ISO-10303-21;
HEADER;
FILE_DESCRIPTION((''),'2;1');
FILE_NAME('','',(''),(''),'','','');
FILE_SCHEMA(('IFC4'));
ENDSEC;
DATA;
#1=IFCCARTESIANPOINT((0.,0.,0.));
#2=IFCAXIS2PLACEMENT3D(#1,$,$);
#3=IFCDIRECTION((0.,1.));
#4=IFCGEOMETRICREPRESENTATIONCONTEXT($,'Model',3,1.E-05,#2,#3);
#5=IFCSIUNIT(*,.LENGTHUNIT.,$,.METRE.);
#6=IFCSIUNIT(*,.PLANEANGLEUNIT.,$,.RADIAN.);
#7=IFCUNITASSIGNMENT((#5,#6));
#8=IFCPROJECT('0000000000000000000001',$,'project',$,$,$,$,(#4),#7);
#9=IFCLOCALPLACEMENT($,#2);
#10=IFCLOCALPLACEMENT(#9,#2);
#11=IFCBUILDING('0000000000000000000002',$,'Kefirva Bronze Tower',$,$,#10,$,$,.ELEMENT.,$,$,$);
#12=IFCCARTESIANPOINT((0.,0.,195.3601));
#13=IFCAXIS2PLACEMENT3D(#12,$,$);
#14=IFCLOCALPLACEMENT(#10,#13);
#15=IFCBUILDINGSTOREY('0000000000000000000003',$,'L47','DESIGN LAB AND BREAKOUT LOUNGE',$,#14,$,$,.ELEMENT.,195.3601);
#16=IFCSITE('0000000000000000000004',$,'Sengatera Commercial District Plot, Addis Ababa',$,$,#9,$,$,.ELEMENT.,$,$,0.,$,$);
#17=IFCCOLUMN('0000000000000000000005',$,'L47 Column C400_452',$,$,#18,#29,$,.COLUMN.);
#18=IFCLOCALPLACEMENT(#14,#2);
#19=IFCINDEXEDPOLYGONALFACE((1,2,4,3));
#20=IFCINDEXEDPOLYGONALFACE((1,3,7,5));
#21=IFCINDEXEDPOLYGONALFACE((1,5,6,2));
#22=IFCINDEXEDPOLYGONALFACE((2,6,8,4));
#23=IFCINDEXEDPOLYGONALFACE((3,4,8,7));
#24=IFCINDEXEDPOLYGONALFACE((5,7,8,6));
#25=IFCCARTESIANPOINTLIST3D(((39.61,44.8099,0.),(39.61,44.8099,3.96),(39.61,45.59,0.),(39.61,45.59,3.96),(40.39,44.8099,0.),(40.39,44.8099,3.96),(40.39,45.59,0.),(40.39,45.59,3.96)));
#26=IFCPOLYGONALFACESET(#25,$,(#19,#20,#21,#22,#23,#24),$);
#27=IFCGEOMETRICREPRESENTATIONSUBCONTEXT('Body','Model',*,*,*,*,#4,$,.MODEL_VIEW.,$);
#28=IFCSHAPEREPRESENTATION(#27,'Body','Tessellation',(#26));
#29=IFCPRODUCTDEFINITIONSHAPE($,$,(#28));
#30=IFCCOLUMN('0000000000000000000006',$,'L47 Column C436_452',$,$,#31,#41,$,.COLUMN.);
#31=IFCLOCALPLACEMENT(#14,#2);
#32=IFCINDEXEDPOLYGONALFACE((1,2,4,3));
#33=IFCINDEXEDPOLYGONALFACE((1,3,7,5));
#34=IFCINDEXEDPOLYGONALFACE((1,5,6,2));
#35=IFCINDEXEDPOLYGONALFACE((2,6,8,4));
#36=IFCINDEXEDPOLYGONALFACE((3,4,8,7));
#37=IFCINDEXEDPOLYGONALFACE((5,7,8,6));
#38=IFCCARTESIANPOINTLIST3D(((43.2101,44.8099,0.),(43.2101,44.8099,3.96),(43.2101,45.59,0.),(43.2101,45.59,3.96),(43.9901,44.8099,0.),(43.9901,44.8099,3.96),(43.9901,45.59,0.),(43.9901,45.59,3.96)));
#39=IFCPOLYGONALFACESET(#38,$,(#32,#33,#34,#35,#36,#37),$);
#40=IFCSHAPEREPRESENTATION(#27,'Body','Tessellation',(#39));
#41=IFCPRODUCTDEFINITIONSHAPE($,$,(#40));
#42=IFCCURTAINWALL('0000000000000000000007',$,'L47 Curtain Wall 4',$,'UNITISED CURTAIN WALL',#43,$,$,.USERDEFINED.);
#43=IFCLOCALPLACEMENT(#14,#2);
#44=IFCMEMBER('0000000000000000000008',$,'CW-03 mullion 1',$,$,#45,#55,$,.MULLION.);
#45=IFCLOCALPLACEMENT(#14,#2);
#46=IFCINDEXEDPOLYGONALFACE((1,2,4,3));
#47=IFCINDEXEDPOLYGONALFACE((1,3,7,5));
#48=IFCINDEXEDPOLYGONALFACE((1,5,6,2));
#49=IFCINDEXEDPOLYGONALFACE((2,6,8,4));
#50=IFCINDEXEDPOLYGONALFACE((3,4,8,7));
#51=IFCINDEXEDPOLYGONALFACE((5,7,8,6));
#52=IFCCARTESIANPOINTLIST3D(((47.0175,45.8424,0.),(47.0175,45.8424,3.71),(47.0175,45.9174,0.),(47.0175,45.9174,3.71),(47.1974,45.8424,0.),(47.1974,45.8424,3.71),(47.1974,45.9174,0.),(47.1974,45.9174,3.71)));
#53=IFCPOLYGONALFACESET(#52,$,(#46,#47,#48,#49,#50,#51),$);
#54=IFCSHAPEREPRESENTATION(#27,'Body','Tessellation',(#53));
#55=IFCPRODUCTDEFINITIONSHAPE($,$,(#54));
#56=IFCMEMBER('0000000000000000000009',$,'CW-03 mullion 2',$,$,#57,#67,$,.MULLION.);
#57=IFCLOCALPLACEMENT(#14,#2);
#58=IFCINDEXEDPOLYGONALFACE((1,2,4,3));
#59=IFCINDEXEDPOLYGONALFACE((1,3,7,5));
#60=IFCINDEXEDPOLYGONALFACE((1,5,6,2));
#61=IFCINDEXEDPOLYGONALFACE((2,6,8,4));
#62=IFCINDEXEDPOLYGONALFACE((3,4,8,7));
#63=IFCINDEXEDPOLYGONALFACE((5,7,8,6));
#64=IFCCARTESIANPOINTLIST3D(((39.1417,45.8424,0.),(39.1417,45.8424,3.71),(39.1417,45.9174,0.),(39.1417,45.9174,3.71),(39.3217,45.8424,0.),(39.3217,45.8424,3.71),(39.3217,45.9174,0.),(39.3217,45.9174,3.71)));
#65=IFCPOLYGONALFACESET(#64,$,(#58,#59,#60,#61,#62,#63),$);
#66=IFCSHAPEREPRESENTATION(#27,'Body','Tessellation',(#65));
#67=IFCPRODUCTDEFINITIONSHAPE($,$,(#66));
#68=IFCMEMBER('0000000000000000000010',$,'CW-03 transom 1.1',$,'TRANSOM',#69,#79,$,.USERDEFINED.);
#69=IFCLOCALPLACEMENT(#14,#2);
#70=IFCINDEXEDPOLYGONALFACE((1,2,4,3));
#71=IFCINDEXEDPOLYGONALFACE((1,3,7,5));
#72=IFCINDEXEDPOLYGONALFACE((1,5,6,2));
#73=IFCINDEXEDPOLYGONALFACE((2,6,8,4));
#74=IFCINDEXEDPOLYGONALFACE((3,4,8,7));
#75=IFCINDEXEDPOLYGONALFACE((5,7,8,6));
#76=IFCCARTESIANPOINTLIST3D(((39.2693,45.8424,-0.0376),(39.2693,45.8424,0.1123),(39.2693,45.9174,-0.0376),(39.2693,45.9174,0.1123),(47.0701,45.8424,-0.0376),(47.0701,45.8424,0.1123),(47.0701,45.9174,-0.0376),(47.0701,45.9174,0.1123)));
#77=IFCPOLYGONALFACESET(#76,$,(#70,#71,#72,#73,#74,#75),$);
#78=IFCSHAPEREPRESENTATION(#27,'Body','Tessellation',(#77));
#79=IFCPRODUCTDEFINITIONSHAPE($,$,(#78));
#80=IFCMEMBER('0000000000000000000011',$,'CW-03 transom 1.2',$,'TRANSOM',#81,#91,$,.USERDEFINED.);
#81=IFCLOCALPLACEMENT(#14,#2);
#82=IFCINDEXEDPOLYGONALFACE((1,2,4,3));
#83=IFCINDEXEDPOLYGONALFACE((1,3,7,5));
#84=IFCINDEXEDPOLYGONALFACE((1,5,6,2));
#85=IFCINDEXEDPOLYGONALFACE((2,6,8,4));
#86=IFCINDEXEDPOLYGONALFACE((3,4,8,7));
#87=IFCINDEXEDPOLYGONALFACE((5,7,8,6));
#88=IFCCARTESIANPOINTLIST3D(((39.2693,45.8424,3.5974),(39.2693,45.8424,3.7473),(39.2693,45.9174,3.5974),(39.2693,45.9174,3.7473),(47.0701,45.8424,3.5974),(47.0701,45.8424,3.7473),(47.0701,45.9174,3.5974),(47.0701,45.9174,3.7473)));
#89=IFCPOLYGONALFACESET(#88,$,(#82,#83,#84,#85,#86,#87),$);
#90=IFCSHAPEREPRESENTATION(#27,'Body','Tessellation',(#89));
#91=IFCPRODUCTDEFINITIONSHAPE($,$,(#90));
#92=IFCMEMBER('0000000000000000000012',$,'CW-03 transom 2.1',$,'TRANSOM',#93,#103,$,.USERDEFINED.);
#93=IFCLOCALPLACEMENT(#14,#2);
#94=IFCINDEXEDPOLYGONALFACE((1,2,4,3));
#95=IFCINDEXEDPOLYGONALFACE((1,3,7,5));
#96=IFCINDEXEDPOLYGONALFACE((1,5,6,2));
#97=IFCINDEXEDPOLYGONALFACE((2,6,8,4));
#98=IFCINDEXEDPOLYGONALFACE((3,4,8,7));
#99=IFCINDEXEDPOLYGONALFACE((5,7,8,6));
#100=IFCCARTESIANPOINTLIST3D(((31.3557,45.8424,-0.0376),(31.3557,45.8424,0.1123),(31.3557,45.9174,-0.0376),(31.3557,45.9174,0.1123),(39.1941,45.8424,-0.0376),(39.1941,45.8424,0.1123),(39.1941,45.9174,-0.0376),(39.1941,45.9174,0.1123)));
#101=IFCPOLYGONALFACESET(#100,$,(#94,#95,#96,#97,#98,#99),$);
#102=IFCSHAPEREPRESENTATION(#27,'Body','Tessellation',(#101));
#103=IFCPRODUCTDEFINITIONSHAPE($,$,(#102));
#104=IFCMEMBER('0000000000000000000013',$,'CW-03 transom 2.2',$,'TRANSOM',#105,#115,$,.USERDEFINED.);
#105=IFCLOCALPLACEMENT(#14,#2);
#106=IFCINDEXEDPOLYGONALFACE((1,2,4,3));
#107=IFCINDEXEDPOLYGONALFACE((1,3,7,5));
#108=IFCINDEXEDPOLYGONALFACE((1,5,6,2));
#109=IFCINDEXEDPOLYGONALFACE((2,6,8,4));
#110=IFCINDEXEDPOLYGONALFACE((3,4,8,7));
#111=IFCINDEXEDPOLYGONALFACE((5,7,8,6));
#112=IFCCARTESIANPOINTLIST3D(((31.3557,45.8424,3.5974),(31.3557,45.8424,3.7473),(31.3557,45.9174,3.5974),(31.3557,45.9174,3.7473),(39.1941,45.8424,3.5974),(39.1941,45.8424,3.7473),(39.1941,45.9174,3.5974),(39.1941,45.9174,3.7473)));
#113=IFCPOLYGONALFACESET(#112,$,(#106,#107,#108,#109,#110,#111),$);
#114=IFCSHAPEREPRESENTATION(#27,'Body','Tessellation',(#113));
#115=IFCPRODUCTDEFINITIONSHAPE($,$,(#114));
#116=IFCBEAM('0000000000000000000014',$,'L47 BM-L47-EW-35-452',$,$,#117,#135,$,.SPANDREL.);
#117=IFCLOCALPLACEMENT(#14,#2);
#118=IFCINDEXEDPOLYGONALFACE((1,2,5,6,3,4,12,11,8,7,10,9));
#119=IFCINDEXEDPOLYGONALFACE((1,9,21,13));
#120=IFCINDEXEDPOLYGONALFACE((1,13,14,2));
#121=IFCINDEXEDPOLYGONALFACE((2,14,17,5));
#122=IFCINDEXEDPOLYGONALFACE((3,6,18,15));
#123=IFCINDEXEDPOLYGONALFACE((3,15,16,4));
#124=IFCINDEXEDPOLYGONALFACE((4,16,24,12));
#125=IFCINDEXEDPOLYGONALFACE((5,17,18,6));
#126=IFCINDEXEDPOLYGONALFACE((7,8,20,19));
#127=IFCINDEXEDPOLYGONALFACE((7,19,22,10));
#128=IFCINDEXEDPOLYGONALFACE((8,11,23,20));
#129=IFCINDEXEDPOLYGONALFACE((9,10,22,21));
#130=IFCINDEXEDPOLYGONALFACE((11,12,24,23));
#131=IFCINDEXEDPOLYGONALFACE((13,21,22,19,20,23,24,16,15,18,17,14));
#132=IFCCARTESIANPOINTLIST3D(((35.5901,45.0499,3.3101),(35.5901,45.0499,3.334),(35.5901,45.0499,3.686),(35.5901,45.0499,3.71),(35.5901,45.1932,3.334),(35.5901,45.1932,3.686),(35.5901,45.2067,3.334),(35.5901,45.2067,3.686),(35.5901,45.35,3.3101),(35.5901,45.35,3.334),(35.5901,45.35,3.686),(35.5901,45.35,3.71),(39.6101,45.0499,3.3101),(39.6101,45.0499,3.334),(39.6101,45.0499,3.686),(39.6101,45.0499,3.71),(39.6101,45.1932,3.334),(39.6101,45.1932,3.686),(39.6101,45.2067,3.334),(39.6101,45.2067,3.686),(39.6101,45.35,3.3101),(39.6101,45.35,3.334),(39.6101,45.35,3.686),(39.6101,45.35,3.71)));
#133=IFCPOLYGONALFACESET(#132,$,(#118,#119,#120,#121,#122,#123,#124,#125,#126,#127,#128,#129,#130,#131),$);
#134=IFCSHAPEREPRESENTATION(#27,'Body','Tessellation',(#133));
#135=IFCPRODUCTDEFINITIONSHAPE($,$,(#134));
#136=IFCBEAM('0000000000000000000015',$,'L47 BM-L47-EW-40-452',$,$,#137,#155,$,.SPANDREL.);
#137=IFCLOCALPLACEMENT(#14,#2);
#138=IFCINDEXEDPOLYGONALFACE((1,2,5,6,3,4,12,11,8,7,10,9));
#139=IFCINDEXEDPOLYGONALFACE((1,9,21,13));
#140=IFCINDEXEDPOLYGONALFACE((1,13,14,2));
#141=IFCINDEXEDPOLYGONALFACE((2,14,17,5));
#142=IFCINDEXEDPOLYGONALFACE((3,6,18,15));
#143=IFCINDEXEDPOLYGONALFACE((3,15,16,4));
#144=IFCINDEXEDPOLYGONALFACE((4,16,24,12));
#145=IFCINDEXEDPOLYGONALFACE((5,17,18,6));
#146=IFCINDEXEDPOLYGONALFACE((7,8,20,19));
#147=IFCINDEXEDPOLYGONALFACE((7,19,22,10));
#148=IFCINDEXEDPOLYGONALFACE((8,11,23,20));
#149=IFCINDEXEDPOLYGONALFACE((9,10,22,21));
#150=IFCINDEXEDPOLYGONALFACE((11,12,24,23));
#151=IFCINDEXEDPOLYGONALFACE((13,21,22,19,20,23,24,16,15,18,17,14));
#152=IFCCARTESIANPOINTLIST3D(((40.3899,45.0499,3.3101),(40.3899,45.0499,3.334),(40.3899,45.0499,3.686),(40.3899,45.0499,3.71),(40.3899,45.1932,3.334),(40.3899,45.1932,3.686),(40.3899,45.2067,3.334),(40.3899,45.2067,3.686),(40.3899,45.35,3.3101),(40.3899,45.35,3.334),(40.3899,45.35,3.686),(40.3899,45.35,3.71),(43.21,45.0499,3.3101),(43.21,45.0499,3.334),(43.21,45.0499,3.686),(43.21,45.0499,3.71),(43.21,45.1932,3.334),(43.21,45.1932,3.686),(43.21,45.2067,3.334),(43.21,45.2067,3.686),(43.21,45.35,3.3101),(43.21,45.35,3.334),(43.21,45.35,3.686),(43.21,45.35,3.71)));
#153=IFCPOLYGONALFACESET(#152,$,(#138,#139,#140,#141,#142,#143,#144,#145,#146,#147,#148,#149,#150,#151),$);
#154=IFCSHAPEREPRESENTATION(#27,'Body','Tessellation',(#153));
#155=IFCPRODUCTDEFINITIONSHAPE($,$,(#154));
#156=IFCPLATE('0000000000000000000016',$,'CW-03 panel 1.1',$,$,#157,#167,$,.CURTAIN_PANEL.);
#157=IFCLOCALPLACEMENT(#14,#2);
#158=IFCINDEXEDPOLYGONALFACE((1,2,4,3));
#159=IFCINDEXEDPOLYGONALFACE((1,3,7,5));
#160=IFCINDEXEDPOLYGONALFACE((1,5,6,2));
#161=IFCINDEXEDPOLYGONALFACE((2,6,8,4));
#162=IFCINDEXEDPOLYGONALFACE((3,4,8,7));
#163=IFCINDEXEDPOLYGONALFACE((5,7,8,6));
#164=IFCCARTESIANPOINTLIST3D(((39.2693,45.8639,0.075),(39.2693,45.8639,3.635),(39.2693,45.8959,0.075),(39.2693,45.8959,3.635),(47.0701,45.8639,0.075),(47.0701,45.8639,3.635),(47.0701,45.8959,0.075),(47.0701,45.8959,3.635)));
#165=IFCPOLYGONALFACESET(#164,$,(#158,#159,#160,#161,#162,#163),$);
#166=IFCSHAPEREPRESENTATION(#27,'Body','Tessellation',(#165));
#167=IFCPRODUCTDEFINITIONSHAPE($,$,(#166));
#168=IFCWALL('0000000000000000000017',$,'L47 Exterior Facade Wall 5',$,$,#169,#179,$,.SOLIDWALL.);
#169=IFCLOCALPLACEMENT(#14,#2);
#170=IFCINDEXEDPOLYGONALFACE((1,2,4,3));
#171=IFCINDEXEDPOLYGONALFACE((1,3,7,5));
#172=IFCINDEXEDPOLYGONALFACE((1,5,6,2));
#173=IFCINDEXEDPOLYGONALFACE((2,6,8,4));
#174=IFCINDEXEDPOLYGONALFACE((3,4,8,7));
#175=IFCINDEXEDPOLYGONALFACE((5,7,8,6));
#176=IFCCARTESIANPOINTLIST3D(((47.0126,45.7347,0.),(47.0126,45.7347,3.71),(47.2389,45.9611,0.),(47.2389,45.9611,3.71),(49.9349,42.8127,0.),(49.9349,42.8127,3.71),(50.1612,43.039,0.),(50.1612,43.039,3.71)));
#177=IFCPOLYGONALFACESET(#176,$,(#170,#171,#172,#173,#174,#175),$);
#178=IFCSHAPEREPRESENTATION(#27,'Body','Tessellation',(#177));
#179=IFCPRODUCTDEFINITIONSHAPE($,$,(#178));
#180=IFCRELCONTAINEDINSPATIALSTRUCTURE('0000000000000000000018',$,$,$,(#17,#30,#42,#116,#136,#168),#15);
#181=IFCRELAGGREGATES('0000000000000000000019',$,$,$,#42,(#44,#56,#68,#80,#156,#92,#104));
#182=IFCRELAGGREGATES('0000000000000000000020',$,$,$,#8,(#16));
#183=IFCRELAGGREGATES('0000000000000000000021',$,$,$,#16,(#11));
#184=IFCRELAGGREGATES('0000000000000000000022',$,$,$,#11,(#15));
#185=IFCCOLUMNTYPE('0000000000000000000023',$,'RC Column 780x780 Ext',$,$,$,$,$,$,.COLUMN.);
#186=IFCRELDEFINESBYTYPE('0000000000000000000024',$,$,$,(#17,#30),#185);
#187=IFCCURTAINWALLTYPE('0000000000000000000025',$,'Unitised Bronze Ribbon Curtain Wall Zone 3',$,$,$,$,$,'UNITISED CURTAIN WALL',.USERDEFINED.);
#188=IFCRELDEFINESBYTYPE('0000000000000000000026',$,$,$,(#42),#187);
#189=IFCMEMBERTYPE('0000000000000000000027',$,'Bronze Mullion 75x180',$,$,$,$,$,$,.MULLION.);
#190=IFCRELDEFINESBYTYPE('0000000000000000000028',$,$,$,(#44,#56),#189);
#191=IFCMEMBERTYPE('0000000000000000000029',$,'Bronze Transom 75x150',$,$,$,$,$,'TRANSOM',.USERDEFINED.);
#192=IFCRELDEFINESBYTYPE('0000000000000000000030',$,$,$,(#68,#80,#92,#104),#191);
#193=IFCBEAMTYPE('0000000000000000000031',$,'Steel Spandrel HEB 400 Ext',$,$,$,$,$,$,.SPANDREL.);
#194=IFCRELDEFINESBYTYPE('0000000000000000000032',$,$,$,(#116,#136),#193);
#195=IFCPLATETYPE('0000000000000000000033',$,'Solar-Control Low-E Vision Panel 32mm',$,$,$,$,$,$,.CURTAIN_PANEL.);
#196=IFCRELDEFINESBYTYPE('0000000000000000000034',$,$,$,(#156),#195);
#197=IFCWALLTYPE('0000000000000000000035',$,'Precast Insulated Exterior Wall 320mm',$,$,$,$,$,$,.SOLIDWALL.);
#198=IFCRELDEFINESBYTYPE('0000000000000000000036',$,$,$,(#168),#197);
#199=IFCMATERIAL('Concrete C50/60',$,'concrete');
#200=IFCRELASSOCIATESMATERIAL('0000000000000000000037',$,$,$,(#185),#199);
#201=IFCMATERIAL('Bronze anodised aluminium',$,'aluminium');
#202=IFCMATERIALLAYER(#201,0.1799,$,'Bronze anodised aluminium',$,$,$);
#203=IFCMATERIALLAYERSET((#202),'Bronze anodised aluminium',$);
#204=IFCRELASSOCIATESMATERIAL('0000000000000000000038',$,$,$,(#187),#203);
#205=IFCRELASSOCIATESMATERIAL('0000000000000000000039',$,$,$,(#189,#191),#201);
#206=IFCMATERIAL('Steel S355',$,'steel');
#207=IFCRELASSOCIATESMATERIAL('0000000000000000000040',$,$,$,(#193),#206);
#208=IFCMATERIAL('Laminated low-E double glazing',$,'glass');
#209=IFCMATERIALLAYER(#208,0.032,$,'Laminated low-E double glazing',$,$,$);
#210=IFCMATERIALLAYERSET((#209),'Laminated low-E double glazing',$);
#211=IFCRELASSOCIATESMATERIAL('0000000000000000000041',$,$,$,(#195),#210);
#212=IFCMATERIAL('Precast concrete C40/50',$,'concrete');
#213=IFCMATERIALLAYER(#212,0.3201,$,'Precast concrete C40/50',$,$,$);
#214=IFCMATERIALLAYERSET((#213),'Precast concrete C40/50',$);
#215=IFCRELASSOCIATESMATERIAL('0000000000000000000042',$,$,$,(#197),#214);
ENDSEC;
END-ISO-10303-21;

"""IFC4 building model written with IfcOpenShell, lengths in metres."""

from ifc_helpers import new_model, si_unit, direction, frame, frame_2d, origin, origin_2d, place, context, subcontext, project, spatial, rectangle, i_section, extrude, material, layer, layer_set, material_profile, profile_set, type_object, element, aggregate, save


model = new_model("IFC4")

# Units and contexts
model_context = context("Model", 3, precision=1e-05, world=origin(), true_north=direction((0.0, 1.0)))
body_context = subcontext(model_context, "Body", "Model", "MODEL_VIEW")
ifc_project = project(units=[si_unit("LENGTHUNIT", "METRE"), si_unit("PLANEANGLEUNIT", "RADIAN")], contexts=[model_context])

# Site, building, storey
site_placement = place(None, origin())
site = spatial("IfcSite", under=ifc_project, at=site_placement, Name="Sengatera Commercial District Plot, Addis Ababa", CompositionType="ELEMENT", RefElevation=0.0)
building_placement = place(site_placement, origin())
building = spatial("IfcBuilding", under=site, at=building_placement, Name="Kefirva Bronze Tower", CompositionType="ELEMENT")
storey_placement = place(building_placement, frame((0.0, 0.0, 195.3601)))
storey = spatial("IfcBuildingStorey", under=building, at=storey_placement, Name="L47", Description="DESIGN LAB AND BREAKOUT LOUNGE", CompositionType="ELEMENT", Elevation=195.3601)

# Columns
ifc_material_1 = material(Name="Concrete C50/60", Category="concrete")
ifc_material_profile_1 = material_profile(ifc_material_1, rectangle(XDim=0.78, YDim=0.78, at=origin_2d()), Name="RC 780x780")
ifc_profile_set_1 = profile_set([ifc_material_profile_1], Name="Concrete C50/60")
column_type = type_object("IfcColumnType", Name="RC Column 780x780 Ext", PredefinedType="COLUMN", material=ifc_profile_set_1)
for number, where, z_axis, x_axis, name in (
    (1, (40.0, 45.2, 0.0), (0.0, 0.0, 1.0), (1.0, 0.0, 0.0), "L47 Column C400_452"),
    (2, (43.6001, 45.2, 0.0), (0.0, 0.0, 1.0), (1.0, 0.0, 0.0), "L47 Column C436_452"),
):
    element("IfcColumn", number, at=place(storey_placement, frame(where, z_axis=z_axis, x_axis=x_axis)), inside=storey, type_object=column_type, Name=name, PredefinedType="COLUMN", context=body_context, shape_type="SweptSolid", body=[
        extrude(rectangle(XDim=0.78, YDim=0.78, at=origin_2d()), origin(), (0.0, 0.0, 1.0), 3.96),
    ])

# Curtain wall, members
ifc_material_2 = material(Name="Bronze anodised aluminium", Category="aluminium")
ifc_layer_1 = layer(ifc_material_2, 0.1799, Name="Bronze anodised aluminium")
ifc_layer_set_1 = layer_set([ifc_layer_1], Name="Bronze anodised aluminium")
curtain_wall_type = type_object("IfcCurtainWallType", Name="Unitised Bronze Ribbon Curtain Wall Zone 3", ElementType="UNITISED CURTAIN WALL", PredefinedType="USERDEFINED", material=ifc_layer_set_1)
curtain_wall_placement = place(storey_placement, origin())
curtain_wall = element("IfcCurtainWall", 3, at=curtain_wall_placement, inside=storey, type_object=curtain_wall_type, Name="L47 Curtain Wall 4", ObjectType="UNITISED CURTAIN WALL", PredefinedType="USERDEFINED")
ifc_material_profile_2 = material_profile(ifc_material_2, rectangle(XDim=0.075, YDim=0.1799, at=origin_2d()), Name="ALU 75x180")
ifc_profile_set_2 = profile_set([ifc_material_profile_2], Name="Bronze anodised aluminium")
member_type_1 = type_object("IfcMemberType", Name="Bronze Mullion 75x180", PredefinedType="MULLION", material=ifc_profile_set_2)
member_1_placement = place(storey_placement, frame((47.1074, 45.8799, 0.0), z_axis=(0.0, 0.0, 1.0), x_axis=(0.0, -1.0, 0.0)))
member_1 = element("IfcMember", 4, at=member_1_placement, type_object=member_type_1, Name="CW-03 mullion 1", PredefinedType="MULLION", context=body_context, shape_type="SweptSolid", body=[
    extrude(rectangle(XDim=0.075, YDim=0.1799, at=origin_2d()), origin(), (0.0, 0.0, 1.0), 3.71),
])
member_2_placement = place(storey_placement, frame((39.2317, 45.8799, 0.0), z_axis=(0.0, 0.0, 1.0), x_axis=(0.0, -1.0, 0.0)))
member_2 = element("IfcMember", 5, at=member_2_placement, type_object=member_type_1, Name="CW-03 mullion 2", PredefinedType="MULLION", context=body_context, shape_type="SweptSolid", body=[
    extrude(rectangle(XDim=0.075, YDim=0.1799, at=origin_2d()), origin(), (0.0, 0.0, 1.0), 3.71),
])
ifc_material_profile_3 = material_profile(ifc_material_2, rectangle(XDim=0.075, YDim=0.1499, at=origin_2d()), Name="ALU 75x150")
ifc_profile_set_3 = profile_set([ifc_material_profile_3], Name="Bronze anodised aluminium")
member_type_2 = type_object("IfcMemberType", Name="Bronze Transom 75x150", ElementType="TRANSOM", PredefinedType="USERDEFINED", material=ifc_profile_set_3)
member_3_placement = place(storey_placement, frame((47.0701, 45.8799, 0.0374), z_axis=(-1.0, 0.0, 0.0), x_axis=(0.0, -1.0, 0.0)))
member_3 = element("IfcMember", 6, at=member_3_placement, type_object=member_type_2, Name="CW-03 transom 1.1", ObjectType="TRANSOM", PredefinedType="USERDEFINED", context=body_context, shape_type="SweptSolid", body=[
    extrude(rectangle(XDim=0.075, YDim=0.1499, at=origin_2d()), origin(), (0.0, 0.0, 1.0), 7.8008),
])
member_4_placement = place(storey_placement, frame((47.0701, 45.8799, 3.6724), z_axis=(-1.0, 0.0, 0.0), x_axis=(0.0, -1.0, 0.0)))
member_4 = element("IfcMember", 7, at=member_4_placement, type_object=member_type_2, Name="CW-03 transom 1.2", ObjectType="TRANSOM", PredefinedType="USERDEFINED", context=body_context, shape_type="SweptSolid", body=[
    extrude(rectangle(XDim=0.075, YDim=0.1499, at=origin_2d()), origin(), (0.0, 0.0, 1.0), 7.8008),
])
member_5_placement = place(storey_placement, frame((39.1941, 45.8799, 0.0374), z_axis=(-1.0, 0.0, 0.0), x_axis=(0.0, -1.0, 0.0)))
member_5 = element("IfcMember", 8, at=member_5_placement, type_object=member_type_2, Name="CW-03 transom 2.1", ObjectType="TRANSOM", PredefinedType="USERDEFINED", context=body_context, shape_type="SweptSolid", body=[
    extrude(rectangle(XDim=0.075, YDim=0.1499, at=origin_2d()), origin(), (0.0, 0.0, 1.0), 7.8384),
])
member_6_placement = place(storey_placement, frame((39.1941, 45.8799, 3.6724), z_axis=(-1.0, 0.0, 0.0), x_axis=(0.0, -1.0, 0.0)))
member_6 = element("IfcMember", 9, at=member_6_placement, type_object=member_type_2, Name="CW-03 transom 2.2", ObjectType="TRANSOM", PredefinedType="USERDEFINED", context=body_context, shape_type="SweptSolid", body=[
    extrude(rectangle(XDim=0.075, YDim=0.1499, at=origin_2d()), origin(), (0.0, 0.0, 1.0), 7.8384),
])

# Beams
ifc_material_3 = material(Name="Steel S355", Category="steel")
ifc_material_profile_4 = material_profile(ifc_material_3, i_section(OverallWidth=0.3, OverallDepth=0.3999, WebThickness=0.0134, FlangeThickness=0.0239, at=origin_2d()), Name="HEB 400")
ifc_profile_set_4 = profile_set([ifc_material_profile_4], Name="Steel S355")
beam_type = type_object("IfcBeamType", Name="Steel Spandrel HEB 400 Ext", PredefinedType="SPANDREL", material=ifc_profile_set_4)
beam_1_placement = place(storey_placement, frame((35.5901, 45.2, 3.51), z_axis=(1.0, 0.0, 0.0), x_axis=(0.0, 1.0, 0.0)))
element("IfcBeam", 10, at=beam_1_placement, inside=storey, type_object=beam_type, Name="L47 BM-L47-EW-35-452", PredefinedType="SPANDREL", context=body_context, shape_type="SweptSolid", body=[
    extrude(i_section(OverallWidth=0.3, OverallDepth=0.3999, WebThickness=0.0134, FlangeThickness=0.0239, at=origin_2d()), origin(), (0.0, 0.0, 1.0), 4.02),
])
beam_2_placement = place(storey_placement, frame((40.3899, 45.2, 3.51), z_axis=(1.0, 0.0, 0.0), x_axis=(0.0, 1.0, 0.0)))
element("IfcBeam", 11, at=beam_2_placement, inside=storey, type_object=beam_type, Name="L47 BM-L47-EW-40-452", PredefinedType="SPANDREL", context=body_context, shape_type="SweptSolid", body=[
    extrude(i_section(OverallWidth=0.3, OverallDepth=0.3999, WebThickness=0.0134, FlangeThickness=0.0239, at=origin_2d()), origin(), (0.0, 0.0, 1.0), 2.8201),
])

# Plate
ifc_material_4 = material(Name="Laminated low-E double glazing", Category="glass")
ifc_layer_2 = layer(ifc_material_4, 0.032, Name="Laminated low-E double glazing")
ifc_layer_set_2 = layer_set([ifc_layer_2], Name="Laminated low-E double glazing")
plate_type = type_object("IfcPlateType", Name="Solar-Control Low-E Vision Panel 32mm", PredefinedType="CURTAIN_PANEL", material=ifc_layer_set_2)
plate_placement = place(storey_placement, frame((43.1697, 45.8799, 0.075), z_axis=(0.0, 0.0, 1.0), x_axis=(-1.0, 0.0, 0.0)))
plate = element("IfcPlate", 12, at=plate_placement, type_object=plate_type, Name="CW-03 panel 1.1", PredefinedType="CURTAIN_PANEL", context=body_context, shape_type="SweptSolid", body=[
    extrude(rectangle(XDim=7.8008, YDim=0.032, at=origin_2d()), origin(), (0.0, 0.0, 1.0), 3.5601),
])
aggregate(curtain_wall, [member_1, member_2, member_3, member_4, plate, member_5, member_6])

# Wall
ifc_material_5 = material(Name="Precast concrete C40/50", Category="concrete")
ifc_layer_3 = layer(ifc_material_5, 0.3201, Name="Precast concrete C40/50")
ifc_layer_set_3 = layer_set([ifc_layer_3], Name="Precast concrete C40/50")
wall_type = type_object("IfcWallType", Name="Precast Insulated Exterior Wall 320mm", PredefinedType="SOLIDWALL", material=ifc_layer_set_3)
wall_placement = place(storey_placement, frame((50.0481, 42.9258, 0.0), z_axis=(0.0, 0.0, 1.0), x_axis=(-0.707136, 0.707077, 0.0)))
element("IfcWall", 13, at=wall_placement, inside=storey, type_object=wall_type, Name="L47 Exterior Facade Wall 5", PredefinedType="SOLIDWALL", context=body_context, shape_type="SweptSolid", body=[
    extrude(rectangle(XDim=4.1326, YDim=0.3201, at=frame_2d((2.0664, 0.0))), origin(), (0.0, 0.0, 1.0), 3.71),
])

save(model, "model.ifc")
